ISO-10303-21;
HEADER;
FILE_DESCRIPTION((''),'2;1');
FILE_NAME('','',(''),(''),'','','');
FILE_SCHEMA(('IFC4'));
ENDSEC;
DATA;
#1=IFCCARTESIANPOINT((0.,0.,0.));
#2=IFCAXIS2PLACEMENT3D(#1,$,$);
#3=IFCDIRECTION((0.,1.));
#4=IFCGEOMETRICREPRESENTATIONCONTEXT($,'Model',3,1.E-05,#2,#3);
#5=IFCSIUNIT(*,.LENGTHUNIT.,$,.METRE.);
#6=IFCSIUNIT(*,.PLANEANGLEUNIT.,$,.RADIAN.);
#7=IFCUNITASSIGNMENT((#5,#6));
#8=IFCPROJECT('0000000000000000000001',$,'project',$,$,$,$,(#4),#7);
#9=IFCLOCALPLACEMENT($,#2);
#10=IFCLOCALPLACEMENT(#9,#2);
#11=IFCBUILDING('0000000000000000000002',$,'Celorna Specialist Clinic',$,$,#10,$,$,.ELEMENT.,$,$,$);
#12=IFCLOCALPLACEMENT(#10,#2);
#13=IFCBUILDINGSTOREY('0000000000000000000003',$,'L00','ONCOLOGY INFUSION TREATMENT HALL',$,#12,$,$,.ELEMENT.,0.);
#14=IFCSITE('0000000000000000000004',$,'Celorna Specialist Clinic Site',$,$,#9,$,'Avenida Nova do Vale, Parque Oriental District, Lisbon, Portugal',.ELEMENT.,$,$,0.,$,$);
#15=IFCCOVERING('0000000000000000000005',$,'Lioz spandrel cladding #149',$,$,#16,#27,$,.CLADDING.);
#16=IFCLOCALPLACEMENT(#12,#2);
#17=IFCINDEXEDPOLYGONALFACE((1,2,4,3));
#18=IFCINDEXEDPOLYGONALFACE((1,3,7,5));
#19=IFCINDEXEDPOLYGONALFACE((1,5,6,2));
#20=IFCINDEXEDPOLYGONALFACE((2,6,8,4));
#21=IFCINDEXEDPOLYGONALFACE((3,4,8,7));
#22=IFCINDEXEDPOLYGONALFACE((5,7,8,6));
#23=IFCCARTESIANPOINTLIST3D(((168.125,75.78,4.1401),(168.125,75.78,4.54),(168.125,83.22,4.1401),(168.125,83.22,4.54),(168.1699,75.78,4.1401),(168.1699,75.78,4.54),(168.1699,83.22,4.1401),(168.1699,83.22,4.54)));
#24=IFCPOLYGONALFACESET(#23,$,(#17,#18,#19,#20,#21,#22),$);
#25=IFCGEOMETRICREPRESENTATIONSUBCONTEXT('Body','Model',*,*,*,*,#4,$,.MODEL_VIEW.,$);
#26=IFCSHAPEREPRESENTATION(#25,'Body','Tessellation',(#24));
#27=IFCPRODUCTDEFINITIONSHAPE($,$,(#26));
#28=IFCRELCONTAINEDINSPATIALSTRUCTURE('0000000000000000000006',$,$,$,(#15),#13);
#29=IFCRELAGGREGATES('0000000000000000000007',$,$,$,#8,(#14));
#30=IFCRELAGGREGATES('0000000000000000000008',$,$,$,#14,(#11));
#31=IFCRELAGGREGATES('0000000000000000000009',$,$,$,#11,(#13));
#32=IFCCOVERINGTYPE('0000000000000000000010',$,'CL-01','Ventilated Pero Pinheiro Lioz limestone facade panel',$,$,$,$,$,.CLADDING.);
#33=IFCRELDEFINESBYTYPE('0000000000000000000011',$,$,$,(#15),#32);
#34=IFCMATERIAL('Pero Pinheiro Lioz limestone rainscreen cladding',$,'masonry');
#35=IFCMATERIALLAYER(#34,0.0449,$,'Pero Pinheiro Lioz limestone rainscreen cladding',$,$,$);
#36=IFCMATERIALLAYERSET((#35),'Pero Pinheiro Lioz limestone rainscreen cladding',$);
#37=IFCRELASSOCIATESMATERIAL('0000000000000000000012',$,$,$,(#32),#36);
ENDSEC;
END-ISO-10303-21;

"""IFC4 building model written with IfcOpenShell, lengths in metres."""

from ifc_helpers import new_model, si_unit, direction, frame, origin, origin_2d, place, context, subcontext, project, spatial, rectangle, extrude, material, layer, layer_set, type_object, element, save


model = new_model("IFC4")

# Units and contexts
model_context = context("Model", 3, precision=1e-05, world=origin(), true_north=direction((0.0, 1.0)))
body_context = subcontext(model_context, "Body", "Model", "MODEL_VIEW")
ifc_project = project(units=[si_unit("LENGTHUNIT", "METRE"), si_unit("PLANEANGLEUNIT", "RADIAN")], contexts=[model_context])

# Site, building, storey
site_placement = place(None, origin())
site = spatial("IfcSite", under=ifc_project, at=site_placement, Name="Celorna Specialist Clinic Site", LongName="Avenida Nova do Vale, Parque Oriental District, Lisbon, Portugal", CompositionType="ELEMENT", RefElevation=0.0)
building_placement = place(site_placement, origin())
building = spatial("IfcBuilding", under=site, at=building_placement, Name="Celorna Specialist Clinic", CompositionType="ELEMENT")
storey_placement = place(building_placement, origin())
storey = spatial("IfcBuildingStorey", under=building, at=storey_placement, Name="L00", Description="ONCOLOGY INFUSION TREATMENT HALL", CompositionType="ELEMENT", Elevation=0.0)

# Covering
ifc_material_1 = material(Name="Pero Pinheiro Lioz limestone rainscreen cladding", Category="masonry")
ifc_layer_1 = layer(ifc_material_1, 0.0449, Name="Pero Pinheiro Lioz limestone rainscreen cladding")
ifc_layer_set_1 = layer_set([ifc_layer_1], Name="Pero Pinheiro Lioz limestone rainscreen cladding")
covering_type = type_object("IfcCoveringType", Name="CL-01", Description="Ventilated Pero Pinheiro Lioz limestone facade panel", PredefinedType="CLADDING", material=ifc_layer_set_1)
for number, where, z_axis, x_axis, name in (
    (1, (168.1475, 79.5, 4.1401), (0.0, 0.0, 1.0), (0.0, -1.0, 0.0), "Lioz spandrel cladding #149"),
):
    element("IfcCovering", number, at=place(storey_placement, frame(where, z_axis=z_axis, x_axis=x_axis)), inside=storey, type_object=covering_type, Name=name, PredefinedType="CLADDING", context=body_context, shape_type="SweptSolid", body=[
        extrude(rectangle(XDim=7.4399, YDim=0.0449, at=origin_2d()), origin(), (0.0, 0.0, 1.0), 0.3999),
    ])

save(model, "model.ifc")
